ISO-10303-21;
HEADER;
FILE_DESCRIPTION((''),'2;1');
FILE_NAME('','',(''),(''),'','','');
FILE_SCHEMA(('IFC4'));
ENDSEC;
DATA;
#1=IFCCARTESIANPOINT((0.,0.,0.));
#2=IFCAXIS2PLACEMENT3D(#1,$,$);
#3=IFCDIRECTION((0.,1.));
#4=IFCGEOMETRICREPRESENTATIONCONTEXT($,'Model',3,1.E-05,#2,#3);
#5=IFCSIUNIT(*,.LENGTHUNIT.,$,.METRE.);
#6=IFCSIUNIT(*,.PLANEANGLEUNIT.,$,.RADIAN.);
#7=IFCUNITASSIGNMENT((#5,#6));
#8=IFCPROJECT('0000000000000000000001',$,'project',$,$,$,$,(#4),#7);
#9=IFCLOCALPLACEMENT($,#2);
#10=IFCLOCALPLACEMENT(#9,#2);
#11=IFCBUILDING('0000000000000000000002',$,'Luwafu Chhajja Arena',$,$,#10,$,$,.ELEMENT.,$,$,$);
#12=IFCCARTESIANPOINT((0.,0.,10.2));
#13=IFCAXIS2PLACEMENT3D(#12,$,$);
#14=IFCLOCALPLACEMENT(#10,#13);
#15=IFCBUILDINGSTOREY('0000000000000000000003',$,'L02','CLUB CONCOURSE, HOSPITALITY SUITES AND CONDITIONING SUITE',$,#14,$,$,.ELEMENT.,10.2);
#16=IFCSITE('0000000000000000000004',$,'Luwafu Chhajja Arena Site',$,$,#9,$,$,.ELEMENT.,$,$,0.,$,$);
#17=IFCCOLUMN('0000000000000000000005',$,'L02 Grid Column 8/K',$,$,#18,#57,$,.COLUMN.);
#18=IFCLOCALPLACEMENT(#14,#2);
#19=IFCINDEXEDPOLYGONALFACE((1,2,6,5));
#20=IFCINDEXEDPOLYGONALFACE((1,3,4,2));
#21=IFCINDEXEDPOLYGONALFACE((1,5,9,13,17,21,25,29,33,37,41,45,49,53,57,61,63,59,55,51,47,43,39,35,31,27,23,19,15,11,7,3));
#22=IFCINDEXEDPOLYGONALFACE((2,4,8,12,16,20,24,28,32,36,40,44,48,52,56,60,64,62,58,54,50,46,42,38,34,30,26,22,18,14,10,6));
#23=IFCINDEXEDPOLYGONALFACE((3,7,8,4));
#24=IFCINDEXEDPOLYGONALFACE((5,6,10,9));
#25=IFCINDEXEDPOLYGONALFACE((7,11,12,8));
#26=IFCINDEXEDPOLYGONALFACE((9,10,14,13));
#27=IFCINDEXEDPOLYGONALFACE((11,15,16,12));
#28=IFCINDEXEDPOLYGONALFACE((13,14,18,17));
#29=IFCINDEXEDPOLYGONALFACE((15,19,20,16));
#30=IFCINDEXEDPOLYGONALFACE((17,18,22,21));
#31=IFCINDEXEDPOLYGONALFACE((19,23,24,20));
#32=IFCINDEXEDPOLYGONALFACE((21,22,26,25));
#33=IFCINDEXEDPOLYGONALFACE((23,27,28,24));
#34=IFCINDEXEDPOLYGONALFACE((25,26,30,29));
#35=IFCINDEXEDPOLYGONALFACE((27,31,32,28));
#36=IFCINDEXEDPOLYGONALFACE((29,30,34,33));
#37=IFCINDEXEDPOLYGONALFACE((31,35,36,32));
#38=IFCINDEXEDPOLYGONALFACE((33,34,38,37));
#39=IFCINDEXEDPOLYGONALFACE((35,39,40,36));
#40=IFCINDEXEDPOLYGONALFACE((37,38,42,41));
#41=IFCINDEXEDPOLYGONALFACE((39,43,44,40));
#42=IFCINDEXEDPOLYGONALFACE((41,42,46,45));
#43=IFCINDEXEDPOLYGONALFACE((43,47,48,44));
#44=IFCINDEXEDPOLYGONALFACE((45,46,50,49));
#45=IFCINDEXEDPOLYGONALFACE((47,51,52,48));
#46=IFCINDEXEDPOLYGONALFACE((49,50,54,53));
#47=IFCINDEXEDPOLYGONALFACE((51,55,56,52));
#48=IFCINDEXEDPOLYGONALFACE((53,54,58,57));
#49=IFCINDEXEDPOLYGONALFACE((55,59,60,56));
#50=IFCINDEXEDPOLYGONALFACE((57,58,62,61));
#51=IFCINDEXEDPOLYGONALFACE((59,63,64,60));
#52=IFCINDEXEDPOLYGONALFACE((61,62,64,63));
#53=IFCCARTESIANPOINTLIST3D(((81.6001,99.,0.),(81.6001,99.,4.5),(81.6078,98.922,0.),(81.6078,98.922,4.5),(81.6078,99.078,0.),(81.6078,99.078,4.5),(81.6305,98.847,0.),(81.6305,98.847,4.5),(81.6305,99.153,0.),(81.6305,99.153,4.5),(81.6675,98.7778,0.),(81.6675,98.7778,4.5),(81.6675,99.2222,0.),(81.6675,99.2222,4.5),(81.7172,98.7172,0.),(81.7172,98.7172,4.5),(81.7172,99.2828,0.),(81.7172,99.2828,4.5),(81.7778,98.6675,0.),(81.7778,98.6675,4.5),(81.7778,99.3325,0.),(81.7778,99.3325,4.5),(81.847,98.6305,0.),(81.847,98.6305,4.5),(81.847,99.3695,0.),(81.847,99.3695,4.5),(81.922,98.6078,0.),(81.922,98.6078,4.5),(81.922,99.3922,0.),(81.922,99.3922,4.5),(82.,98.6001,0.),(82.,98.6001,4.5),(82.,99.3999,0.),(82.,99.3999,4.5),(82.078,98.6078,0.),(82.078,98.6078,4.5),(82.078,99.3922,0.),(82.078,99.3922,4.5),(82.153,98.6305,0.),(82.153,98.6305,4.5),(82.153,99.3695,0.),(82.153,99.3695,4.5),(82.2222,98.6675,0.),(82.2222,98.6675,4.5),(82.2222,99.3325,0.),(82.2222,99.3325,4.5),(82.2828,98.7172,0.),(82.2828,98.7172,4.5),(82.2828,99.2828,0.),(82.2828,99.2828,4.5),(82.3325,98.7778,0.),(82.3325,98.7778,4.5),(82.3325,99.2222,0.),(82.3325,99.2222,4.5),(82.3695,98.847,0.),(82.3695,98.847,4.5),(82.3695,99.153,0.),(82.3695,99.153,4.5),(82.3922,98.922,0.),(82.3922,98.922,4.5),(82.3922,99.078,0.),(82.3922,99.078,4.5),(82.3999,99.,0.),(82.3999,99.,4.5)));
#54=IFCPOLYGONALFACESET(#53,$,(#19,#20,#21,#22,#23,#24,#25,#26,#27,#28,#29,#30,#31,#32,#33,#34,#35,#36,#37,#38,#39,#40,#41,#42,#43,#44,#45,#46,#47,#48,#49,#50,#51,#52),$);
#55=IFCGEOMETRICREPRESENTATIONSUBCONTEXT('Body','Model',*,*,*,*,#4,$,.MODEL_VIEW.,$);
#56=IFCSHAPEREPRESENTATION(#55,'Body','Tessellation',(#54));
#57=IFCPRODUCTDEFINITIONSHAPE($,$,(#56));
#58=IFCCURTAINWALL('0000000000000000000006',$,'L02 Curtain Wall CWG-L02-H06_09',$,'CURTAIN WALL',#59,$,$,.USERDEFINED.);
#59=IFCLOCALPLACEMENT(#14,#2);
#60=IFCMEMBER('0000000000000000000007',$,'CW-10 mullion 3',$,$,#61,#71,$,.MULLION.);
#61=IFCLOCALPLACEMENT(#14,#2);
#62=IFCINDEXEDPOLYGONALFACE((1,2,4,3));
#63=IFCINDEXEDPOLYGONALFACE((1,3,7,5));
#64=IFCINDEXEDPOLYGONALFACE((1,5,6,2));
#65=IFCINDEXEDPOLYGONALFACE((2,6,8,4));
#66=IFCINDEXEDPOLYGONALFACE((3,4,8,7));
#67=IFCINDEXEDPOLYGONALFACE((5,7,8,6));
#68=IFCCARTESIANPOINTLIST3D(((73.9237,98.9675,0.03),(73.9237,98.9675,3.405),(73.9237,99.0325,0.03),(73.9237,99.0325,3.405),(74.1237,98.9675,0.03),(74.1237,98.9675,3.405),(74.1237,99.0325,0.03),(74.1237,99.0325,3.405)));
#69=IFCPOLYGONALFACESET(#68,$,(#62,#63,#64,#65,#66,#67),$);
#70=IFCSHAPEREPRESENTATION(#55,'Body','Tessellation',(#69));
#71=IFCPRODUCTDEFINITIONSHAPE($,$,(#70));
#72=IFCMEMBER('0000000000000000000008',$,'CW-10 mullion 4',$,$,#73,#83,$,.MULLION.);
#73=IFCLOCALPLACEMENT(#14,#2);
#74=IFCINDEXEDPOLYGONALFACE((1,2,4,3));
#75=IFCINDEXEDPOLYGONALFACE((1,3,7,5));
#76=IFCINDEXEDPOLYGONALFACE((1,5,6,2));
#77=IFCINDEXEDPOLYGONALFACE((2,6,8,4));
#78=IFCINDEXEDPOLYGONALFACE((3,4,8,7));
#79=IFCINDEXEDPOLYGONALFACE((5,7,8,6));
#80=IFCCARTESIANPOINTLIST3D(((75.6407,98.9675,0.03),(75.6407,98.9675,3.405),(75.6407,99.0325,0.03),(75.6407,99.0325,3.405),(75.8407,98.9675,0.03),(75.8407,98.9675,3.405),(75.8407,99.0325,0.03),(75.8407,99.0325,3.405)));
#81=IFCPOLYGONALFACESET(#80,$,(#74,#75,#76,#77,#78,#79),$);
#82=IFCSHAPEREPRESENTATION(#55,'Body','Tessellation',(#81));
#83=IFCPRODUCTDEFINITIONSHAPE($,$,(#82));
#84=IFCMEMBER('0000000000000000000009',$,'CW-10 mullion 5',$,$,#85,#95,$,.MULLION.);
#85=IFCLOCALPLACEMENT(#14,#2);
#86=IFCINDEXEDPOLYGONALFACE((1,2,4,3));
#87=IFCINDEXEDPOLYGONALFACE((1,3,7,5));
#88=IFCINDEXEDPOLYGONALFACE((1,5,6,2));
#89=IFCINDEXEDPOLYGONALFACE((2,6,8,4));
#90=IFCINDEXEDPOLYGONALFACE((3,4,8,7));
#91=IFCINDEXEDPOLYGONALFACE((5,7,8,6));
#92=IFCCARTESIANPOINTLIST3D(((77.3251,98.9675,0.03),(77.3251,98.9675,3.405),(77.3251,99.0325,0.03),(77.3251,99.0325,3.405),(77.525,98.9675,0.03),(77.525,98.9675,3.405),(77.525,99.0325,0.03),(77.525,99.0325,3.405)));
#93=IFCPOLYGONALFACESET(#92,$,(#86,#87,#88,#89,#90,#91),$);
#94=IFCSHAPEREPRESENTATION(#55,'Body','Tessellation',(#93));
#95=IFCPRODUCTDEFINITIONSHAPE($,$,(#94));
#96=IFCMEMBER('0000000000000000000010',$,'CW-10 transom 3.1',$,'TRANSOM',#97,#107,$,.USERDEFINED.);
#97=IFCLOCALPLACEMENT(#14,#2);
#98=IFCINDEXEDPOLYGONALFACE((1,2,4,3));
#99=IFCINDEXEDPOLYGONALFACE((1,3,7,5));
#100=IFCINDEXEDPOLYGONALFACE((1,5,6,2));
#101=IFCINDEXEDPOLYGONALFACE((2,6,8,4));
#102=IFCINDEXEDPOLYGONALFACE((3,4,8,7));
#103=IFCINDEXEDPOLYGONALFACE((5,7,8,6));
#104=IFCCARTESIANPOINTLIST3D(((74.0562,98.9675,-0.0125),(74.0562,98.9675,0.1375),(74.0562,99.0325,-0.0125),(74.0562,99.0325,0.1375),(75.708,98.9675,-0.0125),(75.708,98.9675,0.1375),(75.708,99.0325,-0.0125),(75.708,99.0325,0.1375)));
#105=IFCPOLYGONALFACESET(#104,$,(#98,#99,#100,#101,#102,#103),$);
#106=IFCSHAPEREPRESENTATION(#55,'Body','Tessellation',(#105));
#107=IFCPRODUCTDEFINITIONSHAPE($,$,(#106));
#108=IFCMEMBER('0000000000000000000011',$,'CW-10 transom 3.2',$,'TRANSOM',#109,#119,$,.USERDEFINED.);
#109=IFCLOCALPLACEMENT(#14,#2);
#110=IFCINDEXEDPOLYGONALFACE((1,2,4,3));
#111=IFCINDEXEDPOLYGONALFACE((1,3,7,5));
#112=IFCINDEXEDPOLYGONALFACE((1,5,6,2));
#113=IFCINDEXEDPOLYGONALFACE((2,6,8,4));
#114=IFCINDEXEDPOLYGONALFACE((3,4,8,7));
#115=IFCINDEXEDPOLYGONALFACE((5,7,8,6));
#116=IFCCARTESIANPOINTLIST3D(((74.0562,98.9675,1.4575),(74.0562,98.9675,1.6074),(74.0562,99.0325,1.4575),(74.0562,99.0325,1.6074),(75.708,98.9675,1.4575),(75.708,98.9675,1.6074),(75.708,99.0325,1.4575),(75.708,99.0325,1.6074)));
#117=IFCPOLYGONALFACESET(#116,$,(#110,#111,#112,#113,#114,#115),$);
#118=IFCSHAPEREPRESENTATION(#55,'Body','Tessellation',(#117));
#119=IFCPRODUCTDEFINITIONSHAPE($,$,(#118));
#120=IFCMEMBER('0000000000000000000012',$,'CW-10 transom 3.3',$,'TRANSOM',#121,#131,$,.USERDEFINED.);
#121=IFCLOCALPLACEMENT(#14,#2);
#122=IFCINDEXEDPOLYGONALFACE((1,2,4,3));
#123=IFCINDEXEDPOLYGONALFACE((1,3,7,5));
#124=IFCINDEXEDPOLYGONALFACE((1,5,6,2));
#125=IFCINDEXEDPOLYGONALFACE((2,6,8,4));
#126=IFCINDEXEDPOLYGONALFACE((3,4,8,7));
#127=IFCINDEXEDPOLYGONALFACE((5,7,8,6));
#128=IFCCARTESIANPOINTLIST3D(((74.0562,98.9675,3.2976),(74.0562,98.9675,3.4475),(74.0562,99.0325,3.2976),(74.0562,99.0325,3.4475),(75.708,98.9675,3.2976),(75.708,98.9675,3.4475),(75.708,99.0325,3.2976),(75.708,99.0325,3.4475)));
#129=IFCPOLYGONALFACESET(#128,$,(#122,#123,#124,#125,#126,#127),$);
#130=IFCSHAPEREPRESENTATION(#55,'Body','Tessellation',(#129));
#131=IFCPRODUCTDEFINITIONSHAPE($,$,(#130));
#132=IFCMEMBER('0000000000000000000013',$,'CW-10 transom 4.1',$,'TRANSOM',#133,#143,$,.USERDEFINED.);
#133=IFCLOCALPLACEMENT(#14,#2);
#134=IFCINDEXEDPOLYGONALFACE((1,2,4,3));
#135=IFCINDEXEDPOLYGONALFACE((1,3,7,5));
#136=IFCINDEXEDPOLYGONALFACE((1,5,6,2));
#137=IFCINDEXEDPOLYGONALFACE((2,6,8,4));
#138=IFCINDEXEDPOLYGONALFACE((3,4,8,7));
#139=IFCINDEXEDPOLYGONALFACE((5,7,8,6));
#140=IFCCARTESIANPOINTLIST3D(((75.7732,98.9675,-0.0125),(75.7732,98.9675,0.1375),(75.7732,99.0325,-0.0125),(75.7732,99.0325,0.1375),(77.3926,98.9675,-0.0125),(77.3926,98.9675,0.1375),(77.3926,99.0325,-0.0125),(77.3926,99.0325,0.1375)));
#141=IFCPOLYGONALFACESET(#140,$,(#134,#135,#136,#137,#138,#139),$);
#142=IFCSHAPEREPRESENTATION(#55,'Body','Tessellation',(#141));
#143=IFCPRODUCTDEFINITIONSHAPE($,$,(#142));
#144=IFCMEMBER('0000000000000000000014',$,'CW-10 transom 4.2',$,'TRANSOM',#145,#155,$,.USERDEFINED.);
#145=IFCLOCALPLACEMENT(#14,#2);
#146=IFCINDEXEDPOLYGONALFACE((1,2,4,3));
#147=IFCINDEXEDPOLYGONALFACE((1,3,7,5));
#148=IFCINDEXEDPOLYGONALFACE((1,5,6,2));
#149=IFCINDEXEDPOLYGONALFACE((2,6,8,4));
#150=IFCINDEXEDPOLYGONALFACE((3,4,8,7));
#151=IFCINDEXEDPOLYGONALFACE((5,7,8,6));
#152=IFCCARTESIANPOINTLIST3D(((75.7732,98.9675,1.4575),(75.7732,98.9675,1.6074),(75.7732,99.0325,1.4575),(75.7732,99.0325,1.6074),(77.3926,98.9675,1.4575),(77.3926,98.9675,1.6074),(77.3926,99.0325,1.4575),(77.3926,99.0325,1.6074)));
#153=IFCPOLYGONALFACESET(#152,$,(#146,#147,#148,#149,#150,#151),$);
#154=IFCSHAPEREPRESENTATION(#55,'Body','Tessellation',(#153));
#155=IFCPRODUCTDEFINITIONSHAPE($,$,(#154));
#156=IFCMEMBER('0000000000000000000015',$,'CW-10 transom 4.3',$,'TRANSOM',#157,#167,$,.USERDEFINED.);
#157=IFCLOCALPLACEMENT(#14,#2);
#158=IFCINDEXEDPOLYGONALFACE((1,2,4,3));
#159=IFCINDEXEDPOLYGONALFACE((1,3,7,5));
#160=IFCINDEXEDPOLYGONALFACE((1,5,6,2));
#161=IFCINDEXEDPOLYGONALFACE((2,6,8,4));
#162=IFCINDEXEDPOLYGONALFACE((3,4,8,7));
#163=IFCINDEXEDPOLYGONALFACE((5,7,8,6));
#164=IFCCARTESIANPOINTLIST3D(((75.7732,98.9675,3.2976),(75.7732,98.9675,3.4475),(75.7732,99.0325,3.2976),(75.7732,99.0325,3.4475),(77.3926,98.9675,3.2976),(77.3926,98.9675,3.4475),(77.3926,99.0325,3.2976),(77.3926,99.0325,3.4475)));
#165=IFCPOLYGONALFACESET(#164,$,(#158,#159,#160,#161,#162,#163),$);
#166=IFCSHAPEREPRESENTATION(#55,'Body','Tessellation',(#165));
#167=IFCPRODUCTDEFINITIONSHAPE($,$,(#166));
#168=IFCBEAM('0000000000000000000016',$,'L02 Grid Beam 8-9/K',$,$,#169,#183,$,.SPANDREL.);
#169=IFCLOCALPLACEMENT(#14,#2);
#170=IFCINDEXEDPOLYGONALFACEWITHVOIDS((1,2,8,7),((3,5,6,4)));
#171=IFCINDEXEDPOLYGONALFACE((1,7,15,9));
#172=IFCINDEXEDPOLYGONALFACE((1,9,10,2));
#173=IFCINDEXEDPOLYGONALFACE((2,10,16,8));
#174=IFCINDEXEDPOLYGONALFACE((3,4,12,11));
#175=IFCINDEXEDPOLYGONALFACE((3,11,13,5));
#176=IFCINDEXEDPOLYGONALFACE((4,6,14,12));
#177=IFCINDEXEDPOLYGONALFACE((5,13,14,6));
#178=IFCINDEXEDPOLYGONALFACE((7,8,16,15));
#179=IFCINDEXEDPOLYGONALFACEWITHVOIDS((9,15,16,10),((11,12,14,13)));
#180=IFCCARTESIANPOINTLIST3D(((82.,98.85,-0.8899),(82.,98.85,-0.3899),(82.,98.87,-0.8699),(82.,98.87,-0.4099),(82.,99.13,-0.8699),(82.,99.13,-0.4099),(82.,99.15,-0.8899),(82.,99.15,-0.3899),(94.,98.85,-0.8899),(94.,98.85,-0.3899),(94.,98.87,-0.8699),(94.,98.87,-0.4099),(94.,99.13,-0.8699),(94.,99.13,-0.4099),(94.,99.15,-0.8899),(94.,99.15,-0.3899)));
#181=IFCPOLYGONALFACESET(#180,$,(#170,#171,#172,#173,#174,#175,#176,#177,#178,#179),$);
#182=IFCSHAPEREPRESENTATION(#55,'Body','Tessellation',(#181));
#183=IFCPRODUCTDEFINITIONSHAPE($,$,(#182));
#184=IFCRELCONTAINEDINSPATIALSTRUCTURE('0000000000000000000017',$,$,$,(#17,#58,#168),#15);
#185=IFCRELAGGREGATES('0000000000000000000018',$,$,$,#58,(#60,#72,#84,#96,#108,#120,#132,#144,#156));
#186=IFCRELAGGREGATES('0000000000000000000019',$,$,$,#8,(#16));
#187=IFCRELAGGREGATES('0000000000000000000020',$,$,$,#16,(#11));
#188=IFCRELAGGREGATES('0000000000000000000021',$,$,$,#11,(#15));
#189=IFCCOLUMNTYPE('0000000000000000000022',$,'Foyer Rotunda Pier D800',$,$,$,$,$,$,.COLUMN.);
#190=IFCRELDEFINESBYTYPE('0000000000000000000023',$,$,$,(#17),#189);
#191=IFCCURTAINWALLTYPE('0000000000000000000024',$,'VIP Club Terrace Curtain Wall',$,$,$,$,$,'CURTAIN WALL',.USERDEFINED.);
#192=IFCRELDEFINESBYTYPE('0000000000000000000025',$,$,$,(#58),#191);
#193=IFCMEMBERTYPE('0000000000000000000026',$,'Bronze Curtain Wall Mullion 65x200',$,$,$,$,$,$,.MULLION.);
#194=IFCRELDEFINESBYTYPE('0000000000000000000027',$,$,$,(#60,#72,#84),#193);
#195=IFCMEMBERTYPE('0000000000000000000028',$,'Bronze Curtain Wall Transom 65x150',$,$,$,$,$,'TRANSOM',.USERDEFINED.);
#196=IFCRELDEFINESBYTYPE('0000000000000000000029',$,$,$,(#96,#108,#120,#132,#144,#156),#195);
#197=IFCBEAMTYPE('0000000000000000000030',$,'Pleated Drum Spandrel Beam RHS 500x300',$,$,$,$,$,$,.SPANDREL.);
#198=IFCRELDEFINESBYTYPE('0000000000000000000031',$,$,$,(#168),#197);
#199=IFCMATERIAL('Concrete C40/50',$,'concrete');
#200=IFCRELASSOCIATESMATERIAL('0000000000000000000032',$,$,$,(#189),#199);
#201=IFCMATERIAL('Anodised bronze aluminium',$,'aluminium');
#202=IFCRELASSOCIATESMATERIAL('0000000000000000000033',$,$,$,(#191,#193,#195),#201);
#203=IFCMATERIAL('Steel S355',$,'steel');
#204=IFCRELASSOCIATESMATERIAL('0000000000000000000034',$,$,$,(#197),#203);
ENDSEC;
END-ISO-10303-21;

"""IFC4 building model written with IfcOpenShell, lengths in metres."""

from ifc_helpers import new_model, si_unit, direction, frame, origin, origin_2d, place, context, subcontext, project, spatial, rectangle, hollow_rectangle, circle, extrude, material, material_profile, profile_set, type_object, element, aggregate, save


model = new_model("IFC4")

# Units and contexts
model_context = context("Model", 3, precision=1e-05, world=origin(), true_north=direction((0.0, 1.0)))
body_context = subcontext(model_context, "Body", "Model", "MODEL_VIEW")
ifc_project = project(units=[si_unit("LENGTHUNIT", "METRE"), si_unit("PLANEANGLEUNIT", "RADIAN")], contexts=[model_context])

# Site, building, storey
site_placement = place(None, origin())
site = spatial("IfcSite", under=ifc_project, at=site_placement, Name="Luwafu Chhajja Arena Site", CompositionType="ELEMENT", RefElevation=0.0)
building_placement = place(site_placement, origin())
building = spatial("IfcBuilding", under=site, at=building_placement, Name="Luwafu Chhajja Arena", CompositionType="ELEMENT")
storey_placement = place(building_placement, frame((0.0, 0.0, 10.2)))
storey = spatial("IfcBuildingStorey", under=building, at=storey_placement, Name="L02", Description="CLUB CONCOURSE, HOSPITALITY SUITES AND CONDITIONING SUITE", CompositionType="ELEMENT", Elevation=10.2)

# Column
ifc_material_1 = material(Name="Concrete C40/50", Category="concrete")
ifc_material_profile_1 = material_profile(ifc_material_1, circle(Radius=0.3999, at=origin_2d()), Name="RC COL D800")
ifc_profile_set_1 = profile_set([ifc_material_profile_1], Name="Concrete C40/50")
column_type = type_object("IfcColumnType", Name="Foyer Rotunda Pier D800", PredefinedType="COLUMN", material=ifc_profile_set_1)
column_placement = place(storey_placement, frame((82.0, 99.0, 0.0), z_axis=(0.0, 0.0, 1.0), x_axis=(1.0, 0.0, 0.0)))
element("IfcColumn", 1, at=column_placement, inside=storey, type_object=column_type, Name="L02 Grid Column 8/K", PredefinedType="COLUMN", context=body_context, shape_type="SweptSolid", body=[
    extrude(circle(Radius=0.3999, at=origin_2d()), origin(), (0.0, 0.0, 1.0), 4.5),
])

# Curtain wall, members
ifc_material_2 = material(Name="Anodised bronze aluminium", Category="aluminium")
curtain_wall_type = type_object("IfcCurtainWallType", Name="VIP Club Terrace Curtain Wall", ElementType="CURTAIN WALL", PredefinedType="USERDEFINED", material=ifc_material_2)
curtain_wall_placement = place(storey_placement, origin())
curtain_wall = element("IfcCurtainWall", 2, at=curtain_wall_placement, inside=storey, type_object=curtain_wall_type, Name="L02 Curtain Wall CWG-L02-H06_09", ObjectType="CURTAIN WALL", PredefinedType="USERDEFINED")
ifc_material_profile_2 = material_profile(ifc_material_2, rectangle(XDim=0.0649, YDim=0.2, at=origin_2d()), Name="CWM 65x200")
ifc_profile_set_2 = profile_set([ifc_material_profile_2], Name="Anodised bronze aluminium")
member_type_1 = type_object("IfcMemberType", Name="Bronze Curtain Wall Mullion 65x200", PredefinedType="MULLION", material=ifc_profile_set_2)
member_1_placement = place(storey_placement, frame((74.0237, 99.0, 0.03), z_axis=(0.0, 0.0, 1.0), x_axis=(0.0, 1.0, 0.0)))
member_1 = element("IfcMember", 3, at=member_1_placement, type_object=member_type_1, Name="CW-10 mullion 3", PredefinedType="MULLION", context=body_context, shape_type="SweptSolid", body=[
    extrude(rectangle(XDim=0.0649, YDim=0.2, at=origin_2d()), origin(), (0.0, 0.0, 1.0), 3.375),
])
member_2_placement = place(storey_placement, frame((75.7407, 99.0, 0.03), z_axis=(0.0, 0.0, 1.0), x_axis=(0.0, 1.0, 0.0)))
member_2 = element("IfcMember", 4, at=member_2_placement, type_object=member_type_1, Name="CW-10 mullion 4", PredefinedType="MULLION", context=body_context, shape_type="SweptSolid", body=[
    extrude(rectangle(XDim=0.0649, YDim=0.2, at=origin_2d()), origin(), (0.0, 0.0, 1.0), 3.375),
])
member_3_placement = place(storey_placement, frame((77.425, 99.0, 0.03), z_axis=(0.0, 0.0, 1.0), x_axis=(0.0, 1.0, 0.0)))
member_3 = element("IfcMember", 5, at=member_3_placement, type_object=member_type_1, Name="CW-10 mullion 5", PredefinedType="MULLION", context=body_context, shape_type="SweptSolid", body=[
    extrude(rectangle(XDim=0.0649, YDim=0.2, at=origin_2d()), origin(), (0.0, 0.0, 1.0), 3.375),
])
ifc_material_profile_3 = material_profile(ifc_material_2, rectangle(XDim=0.0649, YDim=0.1499, at=origin_2d()), Name="CWT 65x150")
ifc_profile_set_3 = profile_set([ifc_material_profile_3], Name="Anodised bronze aluminium")
member_type_2 = type_object("IfcMemberType", Name="Bronze Curtain Wall Transom 65x150", ElementType="TRANSOM", PredefinedType="USERDEFINED", material=ifc_profile_set_3)
member_4_placement = place(storey_placement, frame((74.0562, 99.0, 0.0625), z_axis=(1.0, 0.0, 0.0), x_axis=(0.0, 1.0, 0.0)))
member_4 = element("IfcMember", 6, at=member_4_placement, type_object=member_type_2, Name="CW-10 transom 3.1", ObjectType="TRANSOM", PredefinedType="USERDEFINED", context=body_context, shape_type="SweptSolid", body=[
    extrude(rectangle(XDim=0.0649, YDim=0.1499, at=origin_2d()), origin(), (0.0, 0.0, 1.0), 1.6519),
])
member_5_placement = place(storey_placement, frame((74.0562, 99.0, 1.5325), z_axis=(1.0, 0.0, 0.0), x_axis=(0.0, 1.0, 0.0)))
member_5 = element("IfcMember", 7, at=member_5_placement, type_object=member_type_2, Name="CW-10 transom 3.2", ObjectType="TRANSOM", PredefinedType="USERDEFINED", context=body_context, shape_type="SweptSolid", body=[
    extrude(rectangle(XDim=0.0649, YDim=0.1499, at=origin_2d()), origin(), (0.0, 0.0, 1.0), 1.6519),
])
member_6_placement = place(storey_placement, frame((74.0562, 99.0, 3.3726), z_axis=(1.0, 0.0, 0.0), x_axis=(0.0, 1.0, 0.0)))
member_6 = element("IfcMember", 8, at=member_6_placement, type_object=member_type_2, Name="CW-10 transom 3.3", ObjectType="TRANSOM", PredefinedType="USERDEFINED", context=body_context, shape_type="SweptSolid", body=[
    extrude(rectangle(XDim=0.0649, YDim=0.1499, at=origin_2d()), origin(), (0.0, 0.0, 1.0), 1.6519),
])
member_7_placement = place(storey_placement, frame((75.7732, 99.0, 0.0625), z_axis=(1.0, 0.0, 0.0), x_axis=(0.0, 1.0, 0.0)))
member_7 = element("IfcMember", 9, at=member_7_placement, type_object=member_type_2, Name="CW-10 transom 4.1", ObjectType="TRANSOM", PredefinedType="USERDEFINED", context=body_context, shape_type="SweptSolid", body=[
    extrude(rectangle(XDim=0.0649, YDim=0.1499, at=origin_2d()), origin(), (0.0, 0.0, 1.0), 1.6194),
])
member_8_placement = place(storey_placement, frame((75.7732, 99.0, 1.5325), z_axis=(1.0, 0.0, 0.0), x_axis=(0.0, 1.0, 0.0)))
member_8 = element("IfcMember", 10, at=member_8_placement, type_object=member_type_2, Name="CW-10 transom 4.2", ObjectType="TRANSOM", PredefinedType="USERDEFINED", context=body_context, shape_type="SweptSolid", body=[
    extrude(rectangle(XDim=0.0649, YDim=0.1499, at=origin_2d()), origin(), (0.0, 0.0, 1.0), 1.6194),
])
member_9_placement = place(storey_placement, frame((75.7732, 99.0, 3.3726), z_axis=(1.0, 0.0, 0.0), x_axis=(0.0, 1.0, 0.0)))
member_9 = element("IfcMember", 11, at=member_9_placement, type_object=member_type_2, Name="CW-10 transom 4.3", ObjectType="TRANSOM", PredefinedType="USERDEFINED", context=body_context, shape_type="SweptSolid", body=[
    extrude(rectangle(XDim=0.0649, YDim=0.1499, at=origin_2d()), origin(), (0.0, 0.0, 1.0), 1.6194),
])

# Beam
ifc_material_3 = material(Name="Steel S355", Category="steel")
ifc_material_profile_4 = material_profile(ifc_material_3, hollow_rectangle(XDim=0.3, YDim=0.5, WallThickness=0.02, at=origin_2d()), Name="RHS 500x300x20")
ifc_profile_set_4 = profile_set([ifc_material_profile_4], Name="Steel S355")
beam_type = type_object("IfcBeamType", Name="Pleated Drum Spandrel Beam RHS 500x300", PredefinedType="SPANDREL", material=ifc_profile_set_4)
beam_placement = place(storey_placement, frame((82.0, 99.0, -0.6399), z_axis=(1.0, 0.0, 0.0), x_axis=(0.0, 1.0, 0.0)))
element("IfcBeam", 12, at=beam_placement, inside=storey, type_object=beam_type, Name="L02 Grid Beam 8-9/K", PredefinedType="SPANDREL", context=body_context, shape_type="SweptSolid", body=[
    extrude(hollow_rectangle(XDim=0.3, YDim=0.5, WallThickness=0.02, at=origin_2d()), origin(), (0.0, 0.0, 1.0), 12.0),
])

aggregate(curtain_wall, [member_1, member_2, member_3, member_4, member_5, member_6, member_7, member_8, member_9])

save(model, "model.ifc")
